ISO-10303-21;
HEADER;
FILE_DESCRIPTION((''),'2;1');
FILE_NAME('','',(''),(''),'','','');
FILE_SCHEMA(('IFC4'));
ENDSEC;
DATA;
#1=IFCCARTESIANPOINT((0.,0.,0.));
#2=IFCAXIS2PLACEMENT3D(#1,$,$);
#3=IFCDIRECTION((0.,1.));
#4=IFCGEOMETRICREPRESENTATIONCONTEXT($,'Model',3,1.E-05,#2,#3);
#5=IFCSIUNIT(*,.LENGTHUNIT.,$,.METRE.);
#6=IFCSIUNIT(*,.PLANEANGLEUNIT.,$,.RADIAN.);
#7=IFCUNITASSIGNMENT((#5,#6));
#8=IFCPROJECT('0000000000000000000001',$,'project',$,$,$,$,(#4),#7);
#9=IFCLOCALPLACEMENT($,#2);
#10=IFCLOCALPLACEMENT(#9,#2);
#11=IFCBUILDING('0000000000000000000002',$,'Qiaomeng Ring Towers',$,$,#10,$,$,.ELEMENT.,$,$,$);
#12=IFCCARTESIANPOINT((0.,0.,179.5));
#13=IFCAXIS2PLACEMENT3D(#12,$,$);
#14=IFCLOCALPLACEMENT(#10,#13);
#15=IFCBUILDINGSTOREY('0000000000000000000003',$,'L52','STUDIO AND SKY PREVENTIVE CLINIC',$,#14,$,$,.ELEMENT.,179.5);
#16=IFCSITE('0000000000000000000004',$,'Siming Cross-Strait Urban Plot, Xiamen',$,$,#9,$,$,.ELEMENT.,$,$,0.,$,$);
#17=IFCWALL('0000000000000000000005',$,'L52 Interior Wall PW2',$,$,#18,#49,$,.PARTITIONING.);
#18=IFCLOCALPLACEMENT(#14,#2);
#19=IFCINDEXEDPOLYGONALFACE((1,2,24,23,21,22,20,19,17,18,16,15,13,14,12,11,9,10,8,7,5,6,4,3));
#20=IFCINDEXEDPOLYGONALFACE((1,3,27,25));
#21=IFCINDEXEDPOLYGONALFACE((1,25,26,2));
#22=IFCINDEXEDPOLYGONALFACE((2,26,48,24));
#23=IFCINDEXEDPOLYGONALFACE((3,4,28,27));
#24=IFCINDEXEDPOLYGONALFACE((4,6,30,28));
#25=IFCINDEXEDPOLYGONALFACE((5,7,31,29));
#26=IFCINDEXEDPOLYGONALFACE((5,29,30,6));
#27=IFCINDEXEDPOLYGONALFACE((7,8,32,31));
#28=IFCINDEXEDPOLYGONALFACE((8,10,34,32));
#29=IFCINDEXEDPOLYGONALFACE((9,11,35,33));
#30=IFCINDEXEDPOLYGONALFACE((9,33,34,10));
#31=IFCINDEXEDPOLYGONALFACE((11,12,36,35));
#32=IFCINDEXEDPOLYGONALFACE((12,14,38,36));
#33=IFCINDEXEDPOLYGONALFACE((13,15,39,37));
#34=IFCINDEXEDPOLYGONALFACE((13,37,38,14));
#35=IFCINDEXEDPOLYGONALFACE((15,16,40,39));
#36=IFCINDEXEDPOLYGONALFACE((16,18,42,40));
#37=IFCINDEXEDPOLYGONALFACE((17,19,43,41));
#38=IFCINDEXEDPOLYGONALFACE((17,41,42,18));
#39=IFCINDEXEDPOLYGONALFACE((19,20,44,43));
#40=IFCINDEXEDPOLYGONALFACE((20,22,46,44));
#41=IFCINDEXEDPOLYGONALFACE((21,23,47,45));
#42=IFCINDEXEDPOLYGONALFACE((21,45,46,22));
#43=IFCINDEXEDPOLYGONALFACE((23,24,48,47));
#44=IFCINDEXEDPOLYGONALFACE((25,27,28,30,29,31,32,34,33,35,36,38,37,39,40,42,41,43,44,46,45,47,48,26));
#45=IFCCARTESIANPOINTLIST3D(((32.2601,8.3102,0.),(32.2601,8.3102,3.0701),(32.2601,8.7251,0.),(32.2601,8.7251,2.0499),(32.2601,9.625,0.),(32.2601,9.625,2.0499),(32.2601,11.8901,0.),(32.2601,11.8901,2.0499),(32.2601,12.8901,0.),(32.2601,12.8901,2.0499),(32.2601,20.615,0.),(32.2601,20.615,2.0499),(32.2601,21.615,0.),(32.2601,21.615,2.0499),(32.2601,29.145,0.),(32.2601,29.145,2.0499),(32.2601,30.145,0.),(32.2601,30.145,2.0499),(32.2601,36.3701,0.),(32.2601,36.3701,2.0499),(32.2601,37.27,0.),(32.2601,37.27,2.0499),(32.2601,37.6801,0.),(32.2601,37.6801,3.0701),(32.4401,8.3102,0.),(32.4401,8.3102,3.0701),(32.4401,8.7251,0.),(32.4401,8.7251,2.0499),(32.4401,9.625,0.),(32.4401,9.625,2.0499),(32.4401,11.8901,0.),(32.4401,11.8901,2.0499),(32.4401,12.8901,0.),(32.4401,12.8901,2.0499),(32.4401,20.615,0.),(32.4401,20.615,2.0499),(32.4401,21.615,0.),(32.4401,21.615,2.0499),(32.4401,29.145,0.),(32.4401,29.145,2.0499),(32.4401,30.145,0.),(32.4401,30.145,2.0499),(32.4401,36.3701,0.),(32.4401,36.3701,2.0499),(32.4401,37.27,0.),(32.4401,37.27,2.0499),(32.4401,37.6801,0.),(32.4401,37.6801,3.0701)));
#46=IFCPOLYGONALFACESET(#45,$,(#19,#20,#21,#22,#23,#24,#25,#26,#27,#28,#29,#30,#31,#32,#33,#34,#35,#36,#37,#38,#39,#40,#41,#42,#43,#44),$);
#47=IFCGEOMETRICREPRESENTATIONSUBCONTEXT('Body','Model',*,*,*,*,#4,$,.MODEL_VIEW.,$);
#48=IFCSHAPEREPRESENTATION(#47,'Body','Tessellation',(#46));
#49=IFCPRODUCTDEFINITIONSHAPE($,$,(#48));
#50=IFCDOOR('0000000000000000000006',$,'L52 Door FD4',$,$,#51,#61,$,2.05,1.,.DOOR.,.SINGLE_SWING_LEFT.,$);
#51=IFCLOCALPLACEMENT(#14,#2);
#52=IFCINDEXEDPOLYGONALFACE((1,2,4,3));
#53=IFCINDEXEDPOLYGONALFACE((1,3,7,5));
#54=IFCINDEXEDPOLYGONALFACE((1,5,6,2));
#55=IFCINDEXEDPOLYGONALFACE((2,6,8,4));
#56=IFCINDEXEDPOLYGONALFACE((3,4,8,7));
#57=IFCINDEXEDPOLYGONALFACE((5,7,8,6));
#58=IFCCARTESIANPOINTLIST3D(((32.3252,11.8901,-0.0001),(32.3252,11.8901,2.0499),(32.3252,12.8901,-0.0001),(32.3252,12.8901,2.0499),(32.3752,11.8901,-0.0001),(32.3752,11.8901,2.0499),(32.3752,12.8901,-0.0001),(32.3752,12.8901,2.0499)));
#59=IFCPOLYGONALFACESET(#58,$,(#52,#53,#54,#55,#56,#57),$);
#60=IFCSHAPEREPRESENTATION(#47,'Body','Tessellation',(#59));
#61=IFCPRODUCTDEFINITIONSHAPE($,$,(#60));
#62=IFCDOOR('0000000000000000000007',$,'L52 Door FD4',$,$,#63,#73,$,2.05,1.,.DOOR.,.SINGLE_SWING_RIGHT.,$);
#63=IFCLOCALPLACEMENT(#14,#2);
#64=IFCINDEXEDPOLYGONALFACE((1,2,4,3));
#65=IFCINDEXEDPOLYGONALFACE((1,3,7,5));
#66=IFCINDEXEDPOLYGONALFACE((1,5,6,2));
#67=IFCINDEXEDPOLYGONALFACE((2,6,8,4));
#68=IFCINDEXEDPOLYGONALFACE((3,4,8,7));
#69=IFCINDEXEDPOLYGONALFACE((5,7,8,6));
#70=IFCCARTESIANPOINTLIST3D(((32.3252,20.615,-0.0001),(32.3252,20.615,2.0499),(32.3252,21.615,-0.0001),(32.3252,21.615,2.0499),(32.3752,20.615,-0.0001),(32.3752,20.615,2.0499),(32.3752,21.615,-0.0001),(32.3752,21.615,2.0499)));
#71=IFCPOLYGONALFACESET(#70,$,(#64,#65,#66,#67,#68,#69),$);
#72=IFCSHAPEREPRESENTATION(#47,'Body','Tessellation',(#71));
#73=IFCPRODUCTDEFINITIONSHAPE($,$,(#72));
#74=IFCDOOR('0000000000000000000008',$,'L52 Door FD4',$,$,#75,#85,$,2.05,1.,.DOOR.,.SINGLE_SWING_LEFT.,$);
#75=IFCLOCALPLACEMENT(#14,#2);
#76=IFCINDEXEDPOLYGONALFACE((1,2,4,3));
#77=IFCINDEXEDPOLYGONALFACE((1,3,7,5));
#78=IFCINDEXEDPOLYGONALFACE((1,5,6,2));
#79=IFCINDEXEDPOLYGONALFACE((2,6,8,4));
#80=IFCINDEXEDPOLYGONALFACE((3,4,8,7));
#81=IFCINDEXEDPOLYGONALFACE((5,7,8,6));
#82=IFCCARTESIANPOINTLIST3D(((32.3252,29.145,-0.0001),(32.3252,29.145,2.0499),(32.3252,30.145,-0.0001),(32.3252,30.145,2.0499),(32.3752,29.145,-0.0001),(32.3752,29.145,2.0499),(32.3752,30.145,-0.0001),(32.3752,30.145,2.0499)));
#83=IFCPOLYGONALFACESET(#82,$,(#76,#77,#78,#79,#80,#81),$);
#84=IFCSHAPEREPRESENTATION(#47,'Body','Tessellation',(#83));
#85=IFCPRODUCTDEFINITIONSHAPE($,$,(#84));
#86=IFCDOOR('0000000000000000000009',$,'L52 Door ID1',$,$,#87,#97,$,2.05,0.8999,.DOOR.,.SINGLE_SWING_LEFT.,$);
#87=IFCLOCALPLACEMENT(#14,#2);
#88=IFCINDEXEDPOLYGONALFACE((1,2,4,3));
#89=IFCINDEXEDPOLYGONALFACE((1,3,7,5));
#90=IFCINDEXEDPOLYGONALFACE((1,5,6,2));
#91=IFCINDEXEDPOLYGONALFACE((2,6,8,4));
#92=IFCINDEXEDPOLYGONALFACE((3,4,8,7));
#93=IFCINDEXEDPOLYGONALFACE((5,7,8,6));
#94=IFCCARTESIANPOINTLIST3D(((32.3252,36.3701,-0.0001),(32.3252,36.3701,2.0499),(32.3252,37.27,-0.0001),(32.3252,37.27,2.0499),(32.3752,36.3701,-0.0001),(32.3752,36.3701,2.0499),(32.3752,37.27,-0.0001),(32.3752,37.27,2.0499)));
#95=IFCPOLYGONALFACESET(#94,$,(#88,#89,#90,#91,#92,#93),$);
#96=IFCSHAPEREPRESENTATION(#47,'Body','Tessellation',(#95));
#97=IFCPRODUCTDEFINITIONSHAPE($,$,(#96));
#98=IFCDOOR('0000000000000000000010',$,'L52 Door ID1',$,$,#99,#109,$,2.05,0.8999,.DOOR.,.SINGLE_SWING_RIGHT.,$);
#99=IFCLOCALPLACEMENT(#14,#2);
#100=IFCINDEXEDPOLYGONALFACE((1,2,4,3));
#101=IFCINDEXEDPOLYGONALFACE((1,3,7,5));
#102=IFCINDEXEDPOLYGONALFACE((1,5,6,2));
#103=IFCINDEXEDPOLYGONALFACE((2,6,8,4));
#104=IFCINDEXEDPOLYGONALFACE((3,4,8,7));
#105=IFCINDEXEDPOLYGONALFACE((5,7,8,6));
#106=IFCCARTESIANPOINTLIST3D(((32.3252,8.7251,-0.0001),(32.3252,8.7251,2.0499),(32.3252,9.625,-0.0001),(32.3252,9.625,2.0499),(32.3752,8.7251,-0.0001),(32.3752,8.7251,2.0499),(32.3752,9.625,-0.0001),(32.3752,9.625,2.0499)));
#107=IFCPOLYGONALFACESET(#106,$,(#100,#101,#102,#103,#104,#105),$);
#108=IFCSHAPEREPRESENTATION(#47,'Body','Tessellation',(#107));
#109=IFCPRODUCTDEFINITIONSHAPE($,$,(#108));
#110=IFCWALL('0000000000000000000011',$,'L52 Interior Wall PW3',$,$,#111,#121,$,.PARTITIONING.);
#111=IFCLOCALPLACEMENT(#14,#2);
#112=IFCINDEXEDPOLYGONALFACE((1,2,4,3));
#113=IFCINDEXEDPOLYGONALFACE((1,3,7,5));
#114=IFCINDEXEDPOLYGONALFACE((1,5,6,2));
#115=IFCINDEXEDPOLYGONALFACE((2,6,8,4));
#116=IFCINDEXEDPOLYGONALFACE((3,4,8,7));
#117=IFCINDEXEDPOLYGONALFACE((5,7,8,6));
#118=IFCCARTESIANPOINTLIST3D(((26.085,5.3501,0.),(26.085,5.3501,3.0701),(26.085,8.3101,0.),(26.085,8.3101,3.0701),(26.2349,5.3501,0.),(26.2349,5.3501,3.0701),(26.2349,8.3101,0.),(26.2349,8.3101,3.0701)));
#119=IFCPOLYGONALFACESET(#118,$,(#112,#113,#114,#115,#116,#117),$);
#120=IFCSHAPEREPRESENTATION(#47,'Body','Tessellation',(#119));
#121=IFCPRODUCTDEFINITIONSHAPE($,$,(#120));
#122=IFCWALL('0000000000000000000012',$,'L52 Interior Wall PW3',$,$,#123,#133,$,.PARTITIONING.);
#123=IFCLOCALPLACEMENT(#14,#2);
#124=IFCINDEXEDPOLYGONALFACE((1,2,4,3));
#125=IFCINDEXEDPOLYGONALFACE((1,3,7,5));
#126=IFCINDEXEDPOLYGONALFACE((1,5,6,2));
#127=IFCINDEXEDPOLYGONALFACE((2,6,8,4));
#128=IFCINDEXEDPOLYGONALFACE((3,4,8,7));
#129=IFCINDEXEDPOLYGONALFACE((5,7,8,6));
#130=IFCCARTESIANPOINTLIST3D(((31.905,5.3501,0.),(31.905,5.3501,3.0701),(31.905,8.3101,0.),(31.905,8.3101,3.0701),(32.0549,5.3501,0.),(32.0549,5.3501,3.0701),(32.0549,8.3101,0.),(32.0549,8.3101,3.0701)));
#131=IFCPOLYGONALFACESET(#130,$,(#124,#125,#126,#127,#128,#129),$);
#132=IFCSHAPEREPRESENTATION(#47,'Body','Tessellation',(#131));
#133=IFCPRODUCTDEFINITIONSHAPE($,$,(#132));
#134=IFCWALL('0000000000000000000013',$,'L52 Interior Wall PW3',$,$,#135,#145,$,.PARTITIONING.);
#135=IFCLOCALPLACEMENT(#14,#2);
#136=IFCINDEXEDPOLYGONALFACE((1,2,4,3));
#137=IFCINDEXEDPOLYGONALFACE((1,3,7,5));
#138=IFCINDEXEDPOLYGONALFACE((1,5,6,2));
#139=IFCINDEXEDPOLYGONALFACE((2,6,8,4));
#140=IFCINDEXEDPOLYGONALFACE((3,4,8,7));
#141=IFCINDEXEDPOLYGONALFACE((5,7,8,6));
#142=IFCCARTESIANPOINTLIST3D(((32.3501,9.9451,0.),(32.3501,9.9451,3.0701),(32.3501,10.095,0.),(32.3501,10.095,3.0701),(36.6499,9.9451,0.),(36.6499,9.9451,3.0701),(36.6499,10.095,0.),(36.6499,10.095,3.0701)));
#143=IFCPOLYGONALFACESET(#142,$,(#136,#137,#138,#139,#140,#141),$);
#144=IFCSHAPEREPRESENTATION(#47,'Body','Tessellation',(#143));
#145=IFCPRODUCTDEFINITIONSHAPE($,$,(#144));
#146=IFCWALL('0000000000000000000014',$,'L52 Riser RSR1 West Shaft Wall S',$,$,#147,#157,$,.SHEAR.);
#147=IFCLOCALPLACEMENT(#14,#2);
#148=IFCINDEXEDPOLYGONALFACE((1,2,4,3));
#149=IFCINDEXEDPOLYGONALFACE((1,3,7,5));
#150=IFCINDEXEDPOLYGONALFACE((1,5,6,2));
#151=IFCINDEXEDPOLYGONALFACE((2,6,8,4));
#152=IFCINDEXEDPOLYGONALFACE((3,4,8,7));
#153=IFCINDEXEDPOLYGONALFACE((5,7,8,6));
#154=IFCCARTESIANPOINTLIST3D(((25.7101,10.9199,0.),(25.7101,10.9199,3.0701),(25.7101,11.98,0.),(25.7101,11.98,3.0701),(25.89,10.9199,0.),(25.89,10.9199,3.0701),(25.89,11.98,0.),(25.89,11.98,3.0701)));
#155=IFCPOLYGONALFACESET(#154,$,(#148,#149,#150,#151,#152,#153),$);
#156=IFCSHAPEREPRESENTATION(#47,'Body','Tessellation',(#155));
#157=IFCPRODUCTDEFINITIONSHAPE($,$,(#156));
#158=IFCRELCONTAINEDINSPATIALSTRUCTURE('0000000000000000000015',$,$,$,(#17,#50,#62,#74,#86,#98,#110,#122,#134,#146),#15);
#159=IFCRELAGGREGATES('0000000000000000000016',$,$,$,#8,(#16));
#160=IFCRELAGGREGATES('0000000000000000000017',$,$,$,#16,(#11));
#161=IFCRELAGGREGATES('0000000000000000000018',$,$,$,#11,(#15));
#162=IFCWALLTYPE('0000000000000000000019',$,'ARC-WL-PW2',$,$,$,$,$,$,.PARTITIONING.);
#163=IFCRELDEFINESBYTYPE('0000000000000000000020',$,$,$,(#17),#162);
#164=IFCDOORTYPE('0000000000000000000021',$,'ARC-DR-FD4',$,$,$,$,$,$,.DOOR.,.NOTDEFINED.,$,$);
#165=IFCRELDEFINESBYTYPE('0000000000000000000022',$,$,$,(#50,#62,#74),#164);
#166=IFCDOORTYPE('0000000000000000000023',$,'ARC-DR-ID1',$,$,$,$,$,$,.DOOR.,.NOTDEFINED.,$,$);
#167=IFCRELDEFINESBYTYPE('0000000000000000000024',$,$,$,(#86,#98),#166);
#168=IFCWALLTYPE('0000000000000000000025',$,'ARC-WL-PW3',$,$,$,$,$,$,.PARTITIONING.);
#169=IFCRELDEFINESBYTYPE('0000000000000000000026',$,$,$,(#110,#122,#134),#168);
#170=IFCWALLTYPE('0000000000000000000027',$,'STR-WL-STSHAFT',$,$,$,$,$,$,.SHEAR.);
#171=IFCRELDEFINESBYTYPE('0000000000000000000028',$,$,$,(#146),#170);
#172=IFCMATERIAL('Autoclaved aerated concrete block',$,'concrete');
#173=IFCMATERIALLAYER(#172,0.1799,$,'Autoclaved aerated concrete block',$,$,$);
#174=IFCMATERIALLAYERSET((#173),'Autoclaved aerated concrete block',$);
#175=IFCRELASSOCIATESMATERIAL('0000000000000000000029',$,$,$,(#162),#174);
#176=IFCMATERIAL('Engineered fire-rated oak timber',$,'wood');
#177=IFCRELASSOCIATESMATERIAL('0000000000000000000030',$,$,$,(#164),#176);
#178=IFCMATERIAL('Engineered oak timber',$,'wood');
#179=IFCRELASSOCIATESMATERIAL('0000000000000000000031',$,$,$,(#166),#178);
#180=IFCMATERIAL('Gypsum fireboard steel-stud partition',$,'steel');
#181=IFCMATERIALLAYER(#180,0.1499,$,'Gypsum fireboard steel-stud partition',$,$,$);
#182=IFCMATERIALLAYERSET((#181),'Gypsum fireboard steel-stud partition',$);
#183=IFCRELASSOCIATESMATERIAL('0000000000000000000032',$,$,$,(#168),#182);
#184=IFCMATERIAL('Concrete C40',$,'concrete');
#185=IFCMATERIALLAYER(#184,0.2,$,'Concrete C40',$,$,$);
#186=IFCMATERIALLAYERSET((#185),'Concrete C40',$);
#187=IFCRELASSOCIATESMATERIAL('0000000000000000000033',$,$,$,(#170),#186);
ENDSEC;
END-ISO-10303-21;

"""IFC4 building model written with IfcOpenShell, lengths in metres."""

from ifc_helpers import new_model, si_unit, direction, frame, frame_2d, origin, place, context, subcontext, project, spatial, rectangle, extrude, source, transform, mapped, material, layer, layer_set, type_object, element, fill, save


model = new_model("IFC4")

# Units and contexts
model_context = context("Model", 3, precision=1e-05, world=origin(), true_north=direction((0.0, 1.0)))
body_context = subcontext(model_context, "Body", "Model", "MODEL_VIEW")
ifc_project = project(units=[si_unit("LENGTHUNIT", "METRE"), si_unit("PLANEANGLEUNIT", "RADIAN")], contexts=[model_context])

# Site, building, storey
site_placement = place(None, origin())
site = spatial("IfcSite", under=ifc_project, at=site_placement, Name="Siming Cross-Strait Urban Plot, Xiamen", CompositionType="ELEMENT", RefElevation=0.0)
building_placement = place(site_placement, origin())
building = spatial("IfcBuilding", under=site, at=building_placement, Name="Qiaomeng Ring Towers", CompositionType="ELEMENT")
storey_placement = place(building_placement, frame((0.0, 0.0, 179.5)))
storey = spatial("IfcBuildingStorey", under=building, at=storey_placement, Name="L52", Description="STUDIO AND SKY PREVENTIVE CLINIC", CompositionType="ELEMENT", Elevation=179.5)

# Wall, openings, doors
ifc_material_1 = material(Name="Autoclaved aerated concrete block", Category="concrete")
ifc_layer_1 = layer(ifc_material_1, 0.1799, Name="Autoclaved aerated concrete block")
ifc_layer_set_1 = layer_set([ifc_layer_1], Name="Autoclaved aerated concrete block")
wall_type_1 = type_object("IfcWallType", Name="ARC-WL-PW2", PredefinedType="PARTITIONING", material=ifc_layer_set_1)
wall_1_placement = place(storey_placement, frame((32.3501, 8.3101, 0.0), z_axis=(0.0, 0.0, 1.0), x_axis=(0.0, 1.0, 0.0)))
wall_1 = element("IfcWall", 1, at=wall_1_placement, inside=storey, type_object=wall_type_1, Name="L52 Interior Wall PW2", PredefinedType="PARTITIONING", context=body_context, shape_type="SweptSolid", body=[
    extrude(rectangle(XDim=29.3699, YDim=0.1799, at=frame_2d((14.6851, 0.0))), origin(), (0.0, 0.0, 1.0), 3.0701),
])
opening_1_placement = place(wall_1_placement, frame((28.0601, 0.0, 0.0)))
opening_1 = element("IfcOpeningElement", 2, at=opening_1_placement, cuts=wall_1, PredefinedType="OPENING", context=body_context, shape_type="SweptSolid", body=[
    extrude(rectangle(XDim=0.8999, YDim=2.05, at=frame_2d((0.45, 1.0249))), frame((0.0, 0.0999, 0.0), z_axis=(0.0, -1.0, 0.0), x_axis=(1.0, 0.0, 0.0)), (0.0, 0.0, 1.0), 0.2),
])
opening_2_placement = place(wall_1_placement, frame((0.415, 0.0, 0.0)))
opening_2 = element("IfcOpeningElement", 3, at=opening_2_placement, cuts=wall_1, PredefinedType="OPENING", context=body_context, shape_type="SweptSolid", body=[
    extrude(rectangle(XDim=0.8999, YDim=2.05, at=frame_2d((0.45, 1.0249))), frame((0.0, 0.0999, 0.0), z_axis=(0.0, -1.0, 0.0), x_axis=(1.0, 0.0, 0.0)), (0.0, 0.0, 1.0), 0.2),
])
opening_3_placement = place(wall_1_placement, frame((3.5801, 0.0, 0.0)))
opening_3 = element("IfcOpeningElement", 4, at=opening_3_placement, cuts=wall_1, PredefinedType="OPENING", context=body_context, shape_type="SweptSolid", body=[
    extrude(rectangle(XDim=1.0, YDim=2.05, at=frame_2d((0.5, 1.0249))), frame((0.0, 0.0999, 0.0), z_axis=(0.0, -1.0, 0.0), x_axis=(1.0, 0.0, 0.0)), (0.0, 0.0, 1.0), 0.2),
])
opening_4_placement = place(wall_1_placement, frame((12.3049, 0.0, 0.0)))
opening_4 = element("IfcOpeningElement", 5, at=opening_4_placement, cuts=wall_1, PredefinedType="OPENING", context=body_context, shape_type="SweptSolid", body=[
    extrude(rectangle(XDim=1.0, YDim=2.05, at=frame_2d((0.5, 1.0249))), frame((0.0, 0.0999, 0.0), z_axis=(0.0, -1.0, 0.0), x_axis=(1.0, 0.0, 0.0)), (0.0, 0.0, 1.0), 0.2),
])
opening_5_placement = place(wall_1_placement, frame((20.835, 0.0, 0.0)))
opening_5 = element("IfcOpeningElement", 6, at=opening_5_placement, cuts=wall_1, PredefinedType="OPENING", context=body_context, shape_type="SweptSolid", body=[
    extrude(rectangle(XDim=1.0, YDim=2.05, at=frame_2d((0.5, 1.0249))), frame((0.0, 0.0999, 0.0), z_axis=(0.0, -1.0, 0.0), x_axis=(1.0, 0.0, 0.0)), (0.0, 0.0, 1.0), 0.2),
])
ifc_material_2 = material(Name="Engineered fire-rated oak timber", Category="wood")
door_type_1 = type_object("IfcDoorType", Name="ARC-DR-FD4", OperationType="NOTDEFINED", PredefinedType="DOOR", material=ifc_material_2)
shared_shape_1 = source(origin(), body_context, "Body", "SweptSolid", [
    extrude(rectangle(XDim=1.0, YDim=2.05, at=frame_2d((0.5, 1.0249))), frame((0.0, 0.0249, 0.0), z_axis=(0.0, -1.0, 0.0), x_axis=(1.0, 0.0, 0.0)), (0.0, 0.0, 1.0), 0.05),
])
door_1_placement = place(opening_3_placement, origin())
door_1 = element("IfcDoor", 7, at=door_1_placement, inside=storey, type_object=door_type_1, Name="L52 Door FD4", OperationType="SINGLE_SWING_LEFT", OverallHeight=2.05, OverallWidth=1.0, PredefinedType="DOOR", context=body_context, shape_type="MappedRepresentation", body=[
    mapped(shared_shape_1, transform((0.0, 0.0, 0.0), x_axis=(1.0, 0.0, 0.0), y_axis=(0.0, 1.0, 0.0), z_axis=(0.0, 0.0, 1.0), scale=1.0)),
])
fill(opening_3, door_1)
door_2_placement = place(opening_4_placement, origin())
door_2 = element("IfcDoor", 8, at=door_2_placement, inside=storey, type_object=door_type_1, Name="L52 Door FD4", OperationType="SINGLE_SWING_RIGHT", OverallHeight=2.05, OverallWidth=1.0, PredefinedType="DOOR", context=body_context, shape_type="MappedRepresentation", body=[
    mapped(shared_shape_1, transform((0.0, 0.0, 0.0), x_axis=(1.0, 0.0, 0.0), y_axis=(0.0, 1.0, 0.0), z_axis=(0.0, 0.0, 1.0), scale=1.0)),
])
fill(opening_4, door_2)
door_3_placement = place(opening_5_placement, origin())
door_3 = element("IfcDoor", 9, at=door_3_placement, inside=storey, type_object=door_type_1, Name="L52 Door FD4", OperationType="SINGLE_SWING_LEFT", OverallHeight=2.05, OverallWidth=1.0, PredefinedType="DOOR", context=body_context, shape_type="MappedRepresentation", body=[
    mapped(shared_shape_1, transform((0.0, 0.0, 0.0), x_axis=(1.0, 0.0, 0.0), y_axis=(0.0, 1.0, 0.0), z_axis=(0.0, 0.0, 1.0), scale=1.0)),
])
fill(opening_5, door_3)
ifc_material_3 = material(Name="Engineered oak timber", Category="wood")
door_type_2 = type_object("IfcDoorType", Name="ARC-DR-ID1", OperationType="NOTDEFINED", PredefinedType="DOOR", material=ifc_material_3)
shared_shape_2 = source(origin(), body_context, "Body", "SweptSolid", [
    extrude(rectangle(XDim=0.8999, YDim=2.05, at=frame_2d((0.45, 1.0249))), frame((0.0, 0.0249, 0.0), z_axis=(0.0, -1.0, 0.0), x_axis=(1.0, 0.0, 0.0)), (0.0, 0.0, 1.0), 0.05),
])
door_4_placement = place(opening_1_placement, origin())
door_4 = element("IfcDoor", 10, at=door_4_placement, inside=storey, type_object=door_type_2, Name="L52 Door ID1", OperationType="SINGLE_SWING_LEFT", OverallHeight=2.05, OverallWidth=0.8999, PredefinedType="DOOR", context=body_context, shape_type="MappedRepresentation", body=[
    mapped(shared_shape_2, transform((0.0, 0.0, 0.0), x_axis=(1.0, 0.0, 0.0), y_axis=(0.0, 1.0, 0.0), z_axis=(0.0, 0.0, 1.0), scale=1.0)),
])
fill(opening_1, door_4)
door_5_placement = place(opening_2_placement, origin())
door_5 = element("IfcDoor", 11, at=door_5_placement, inside=storey, type_object=door_type_2, Name="L52 Door ID1", OperationType="SINGLE_SWING_RIGHT", OverallHeight=2.05, OverallWidth=0.8999, PredefinedType="DOOR", context=body_context, shape_type="MappedRepresentation", body=[
    mapped(shared_shape_2, transform((0.0, 0.0, 0.0), x_axis=(1.0, 0.0, 0.0), y_axis=(0.0, 1.0, 0.0), z_axis=(0.0, 0.0, 1.0), scale=1.0)),
])
fill(opening_2, door_5)

# Walls
ifc_material_4 = material(Name="Gypsum fireboard steel-stud partition", Category="steel")
ifc_layer_2 = layer(ifc_material_4, 0.1499, Name="Gypsum fireboard steel-stud partition")
ifc_layer_set_2 = layer_set([ifc_layer_2], Name="Gypsum fireboard steel-stud partition")
wall_type_2 = type_object("IfcWallType", Name="ARC-WL-PW3", PredefinedType="PARTITIONING", material=ifc_layer_set_2)
for number, where, z_axis, x_axis, name in (
    (12, (26.1599, 5.3501, 0.0), (0.0, 0.0, 1.0), (0.0, 1.0, 0.0), "L52 Interior Wall PW3"),
    (13, (31.98, 5.3501, 0.0), (0.0, 0.0, 1.0), (0.0, 1.0, 0.0), "L52 Interior Wall PW3"),
):
    element("IfcWall", number, at=place(storey_placement, frame(where, z_axis=z_axis, x_axis=x_axis)), inside=storey, type_object=wall_type_2, Name=name, PredefinedType="PARTITIONING", context=body_context, shape_type="SweptSolid", body=[
        extrude(rectangle(XDim=2.96, YDim=0.1499, at=frame_2d((1.48, 0.0))), origin(), (0.0, 0.0, 1.0), 3.0701),
    ])
wall_2_placement = place(storey_placement, frame((32.3501, 10.02, 0.0), z_axis=(0.0, 0.0, 1.0), x_axis=(1.0, 0.0, 0.0)))
element("IfcWall", 14, at=wall_2_placement, inside=storey, type_object=wall_type_2, Name="L52 Interior Wall PW3", PredefinedType="PARTITIONING", context=body_context, shape_type="SweptSolid", body=[
    extrude(rectangle(XDim=4.2998, YDim=0.1499, at=frame_2d((2.1499, 0.0))), origin(), (0.0, 0.0, 1.0), 3.0701),
])
ifc_material_5 = material(Name="Concrete C40", Category="concrete")
ifc_layer_3 = layer(ifc_material_5, 0.2, Name="Concrete C40")
ifc_layer_set_3 = layer_set([ifc_layer_3], Name="Concrete C40")
wall_type_3 = type_object("IfcWallType", Name="STR-WL-STSHAFT", PredefinedType="SHEAR", material=ifc_layer_set_3)
wall_3_placement = place(storey_placement, frame((25.8, 10.9199, 0.0), z_axis=(0.0, 0.0, 1.0), x_axis=(0.0, 1.0, 0.0)))
element("IfcWall", 15, at=wall_3_placement, inside=storey, type_object=wall_type_3, Name="L52 Riser RSR1 West Shaft Wall S", PredefinedType="SHEAR", context=body_context, shape_type="SweptSolid", body=[
    extrude(rectangle(XDim=1.0601, YDim=0.1799, at=frame_2d((0.53, 0.0))), origin(), (0.0, 0.0, 1.0), 3.0701),
])

save(model, "model.ifc")
